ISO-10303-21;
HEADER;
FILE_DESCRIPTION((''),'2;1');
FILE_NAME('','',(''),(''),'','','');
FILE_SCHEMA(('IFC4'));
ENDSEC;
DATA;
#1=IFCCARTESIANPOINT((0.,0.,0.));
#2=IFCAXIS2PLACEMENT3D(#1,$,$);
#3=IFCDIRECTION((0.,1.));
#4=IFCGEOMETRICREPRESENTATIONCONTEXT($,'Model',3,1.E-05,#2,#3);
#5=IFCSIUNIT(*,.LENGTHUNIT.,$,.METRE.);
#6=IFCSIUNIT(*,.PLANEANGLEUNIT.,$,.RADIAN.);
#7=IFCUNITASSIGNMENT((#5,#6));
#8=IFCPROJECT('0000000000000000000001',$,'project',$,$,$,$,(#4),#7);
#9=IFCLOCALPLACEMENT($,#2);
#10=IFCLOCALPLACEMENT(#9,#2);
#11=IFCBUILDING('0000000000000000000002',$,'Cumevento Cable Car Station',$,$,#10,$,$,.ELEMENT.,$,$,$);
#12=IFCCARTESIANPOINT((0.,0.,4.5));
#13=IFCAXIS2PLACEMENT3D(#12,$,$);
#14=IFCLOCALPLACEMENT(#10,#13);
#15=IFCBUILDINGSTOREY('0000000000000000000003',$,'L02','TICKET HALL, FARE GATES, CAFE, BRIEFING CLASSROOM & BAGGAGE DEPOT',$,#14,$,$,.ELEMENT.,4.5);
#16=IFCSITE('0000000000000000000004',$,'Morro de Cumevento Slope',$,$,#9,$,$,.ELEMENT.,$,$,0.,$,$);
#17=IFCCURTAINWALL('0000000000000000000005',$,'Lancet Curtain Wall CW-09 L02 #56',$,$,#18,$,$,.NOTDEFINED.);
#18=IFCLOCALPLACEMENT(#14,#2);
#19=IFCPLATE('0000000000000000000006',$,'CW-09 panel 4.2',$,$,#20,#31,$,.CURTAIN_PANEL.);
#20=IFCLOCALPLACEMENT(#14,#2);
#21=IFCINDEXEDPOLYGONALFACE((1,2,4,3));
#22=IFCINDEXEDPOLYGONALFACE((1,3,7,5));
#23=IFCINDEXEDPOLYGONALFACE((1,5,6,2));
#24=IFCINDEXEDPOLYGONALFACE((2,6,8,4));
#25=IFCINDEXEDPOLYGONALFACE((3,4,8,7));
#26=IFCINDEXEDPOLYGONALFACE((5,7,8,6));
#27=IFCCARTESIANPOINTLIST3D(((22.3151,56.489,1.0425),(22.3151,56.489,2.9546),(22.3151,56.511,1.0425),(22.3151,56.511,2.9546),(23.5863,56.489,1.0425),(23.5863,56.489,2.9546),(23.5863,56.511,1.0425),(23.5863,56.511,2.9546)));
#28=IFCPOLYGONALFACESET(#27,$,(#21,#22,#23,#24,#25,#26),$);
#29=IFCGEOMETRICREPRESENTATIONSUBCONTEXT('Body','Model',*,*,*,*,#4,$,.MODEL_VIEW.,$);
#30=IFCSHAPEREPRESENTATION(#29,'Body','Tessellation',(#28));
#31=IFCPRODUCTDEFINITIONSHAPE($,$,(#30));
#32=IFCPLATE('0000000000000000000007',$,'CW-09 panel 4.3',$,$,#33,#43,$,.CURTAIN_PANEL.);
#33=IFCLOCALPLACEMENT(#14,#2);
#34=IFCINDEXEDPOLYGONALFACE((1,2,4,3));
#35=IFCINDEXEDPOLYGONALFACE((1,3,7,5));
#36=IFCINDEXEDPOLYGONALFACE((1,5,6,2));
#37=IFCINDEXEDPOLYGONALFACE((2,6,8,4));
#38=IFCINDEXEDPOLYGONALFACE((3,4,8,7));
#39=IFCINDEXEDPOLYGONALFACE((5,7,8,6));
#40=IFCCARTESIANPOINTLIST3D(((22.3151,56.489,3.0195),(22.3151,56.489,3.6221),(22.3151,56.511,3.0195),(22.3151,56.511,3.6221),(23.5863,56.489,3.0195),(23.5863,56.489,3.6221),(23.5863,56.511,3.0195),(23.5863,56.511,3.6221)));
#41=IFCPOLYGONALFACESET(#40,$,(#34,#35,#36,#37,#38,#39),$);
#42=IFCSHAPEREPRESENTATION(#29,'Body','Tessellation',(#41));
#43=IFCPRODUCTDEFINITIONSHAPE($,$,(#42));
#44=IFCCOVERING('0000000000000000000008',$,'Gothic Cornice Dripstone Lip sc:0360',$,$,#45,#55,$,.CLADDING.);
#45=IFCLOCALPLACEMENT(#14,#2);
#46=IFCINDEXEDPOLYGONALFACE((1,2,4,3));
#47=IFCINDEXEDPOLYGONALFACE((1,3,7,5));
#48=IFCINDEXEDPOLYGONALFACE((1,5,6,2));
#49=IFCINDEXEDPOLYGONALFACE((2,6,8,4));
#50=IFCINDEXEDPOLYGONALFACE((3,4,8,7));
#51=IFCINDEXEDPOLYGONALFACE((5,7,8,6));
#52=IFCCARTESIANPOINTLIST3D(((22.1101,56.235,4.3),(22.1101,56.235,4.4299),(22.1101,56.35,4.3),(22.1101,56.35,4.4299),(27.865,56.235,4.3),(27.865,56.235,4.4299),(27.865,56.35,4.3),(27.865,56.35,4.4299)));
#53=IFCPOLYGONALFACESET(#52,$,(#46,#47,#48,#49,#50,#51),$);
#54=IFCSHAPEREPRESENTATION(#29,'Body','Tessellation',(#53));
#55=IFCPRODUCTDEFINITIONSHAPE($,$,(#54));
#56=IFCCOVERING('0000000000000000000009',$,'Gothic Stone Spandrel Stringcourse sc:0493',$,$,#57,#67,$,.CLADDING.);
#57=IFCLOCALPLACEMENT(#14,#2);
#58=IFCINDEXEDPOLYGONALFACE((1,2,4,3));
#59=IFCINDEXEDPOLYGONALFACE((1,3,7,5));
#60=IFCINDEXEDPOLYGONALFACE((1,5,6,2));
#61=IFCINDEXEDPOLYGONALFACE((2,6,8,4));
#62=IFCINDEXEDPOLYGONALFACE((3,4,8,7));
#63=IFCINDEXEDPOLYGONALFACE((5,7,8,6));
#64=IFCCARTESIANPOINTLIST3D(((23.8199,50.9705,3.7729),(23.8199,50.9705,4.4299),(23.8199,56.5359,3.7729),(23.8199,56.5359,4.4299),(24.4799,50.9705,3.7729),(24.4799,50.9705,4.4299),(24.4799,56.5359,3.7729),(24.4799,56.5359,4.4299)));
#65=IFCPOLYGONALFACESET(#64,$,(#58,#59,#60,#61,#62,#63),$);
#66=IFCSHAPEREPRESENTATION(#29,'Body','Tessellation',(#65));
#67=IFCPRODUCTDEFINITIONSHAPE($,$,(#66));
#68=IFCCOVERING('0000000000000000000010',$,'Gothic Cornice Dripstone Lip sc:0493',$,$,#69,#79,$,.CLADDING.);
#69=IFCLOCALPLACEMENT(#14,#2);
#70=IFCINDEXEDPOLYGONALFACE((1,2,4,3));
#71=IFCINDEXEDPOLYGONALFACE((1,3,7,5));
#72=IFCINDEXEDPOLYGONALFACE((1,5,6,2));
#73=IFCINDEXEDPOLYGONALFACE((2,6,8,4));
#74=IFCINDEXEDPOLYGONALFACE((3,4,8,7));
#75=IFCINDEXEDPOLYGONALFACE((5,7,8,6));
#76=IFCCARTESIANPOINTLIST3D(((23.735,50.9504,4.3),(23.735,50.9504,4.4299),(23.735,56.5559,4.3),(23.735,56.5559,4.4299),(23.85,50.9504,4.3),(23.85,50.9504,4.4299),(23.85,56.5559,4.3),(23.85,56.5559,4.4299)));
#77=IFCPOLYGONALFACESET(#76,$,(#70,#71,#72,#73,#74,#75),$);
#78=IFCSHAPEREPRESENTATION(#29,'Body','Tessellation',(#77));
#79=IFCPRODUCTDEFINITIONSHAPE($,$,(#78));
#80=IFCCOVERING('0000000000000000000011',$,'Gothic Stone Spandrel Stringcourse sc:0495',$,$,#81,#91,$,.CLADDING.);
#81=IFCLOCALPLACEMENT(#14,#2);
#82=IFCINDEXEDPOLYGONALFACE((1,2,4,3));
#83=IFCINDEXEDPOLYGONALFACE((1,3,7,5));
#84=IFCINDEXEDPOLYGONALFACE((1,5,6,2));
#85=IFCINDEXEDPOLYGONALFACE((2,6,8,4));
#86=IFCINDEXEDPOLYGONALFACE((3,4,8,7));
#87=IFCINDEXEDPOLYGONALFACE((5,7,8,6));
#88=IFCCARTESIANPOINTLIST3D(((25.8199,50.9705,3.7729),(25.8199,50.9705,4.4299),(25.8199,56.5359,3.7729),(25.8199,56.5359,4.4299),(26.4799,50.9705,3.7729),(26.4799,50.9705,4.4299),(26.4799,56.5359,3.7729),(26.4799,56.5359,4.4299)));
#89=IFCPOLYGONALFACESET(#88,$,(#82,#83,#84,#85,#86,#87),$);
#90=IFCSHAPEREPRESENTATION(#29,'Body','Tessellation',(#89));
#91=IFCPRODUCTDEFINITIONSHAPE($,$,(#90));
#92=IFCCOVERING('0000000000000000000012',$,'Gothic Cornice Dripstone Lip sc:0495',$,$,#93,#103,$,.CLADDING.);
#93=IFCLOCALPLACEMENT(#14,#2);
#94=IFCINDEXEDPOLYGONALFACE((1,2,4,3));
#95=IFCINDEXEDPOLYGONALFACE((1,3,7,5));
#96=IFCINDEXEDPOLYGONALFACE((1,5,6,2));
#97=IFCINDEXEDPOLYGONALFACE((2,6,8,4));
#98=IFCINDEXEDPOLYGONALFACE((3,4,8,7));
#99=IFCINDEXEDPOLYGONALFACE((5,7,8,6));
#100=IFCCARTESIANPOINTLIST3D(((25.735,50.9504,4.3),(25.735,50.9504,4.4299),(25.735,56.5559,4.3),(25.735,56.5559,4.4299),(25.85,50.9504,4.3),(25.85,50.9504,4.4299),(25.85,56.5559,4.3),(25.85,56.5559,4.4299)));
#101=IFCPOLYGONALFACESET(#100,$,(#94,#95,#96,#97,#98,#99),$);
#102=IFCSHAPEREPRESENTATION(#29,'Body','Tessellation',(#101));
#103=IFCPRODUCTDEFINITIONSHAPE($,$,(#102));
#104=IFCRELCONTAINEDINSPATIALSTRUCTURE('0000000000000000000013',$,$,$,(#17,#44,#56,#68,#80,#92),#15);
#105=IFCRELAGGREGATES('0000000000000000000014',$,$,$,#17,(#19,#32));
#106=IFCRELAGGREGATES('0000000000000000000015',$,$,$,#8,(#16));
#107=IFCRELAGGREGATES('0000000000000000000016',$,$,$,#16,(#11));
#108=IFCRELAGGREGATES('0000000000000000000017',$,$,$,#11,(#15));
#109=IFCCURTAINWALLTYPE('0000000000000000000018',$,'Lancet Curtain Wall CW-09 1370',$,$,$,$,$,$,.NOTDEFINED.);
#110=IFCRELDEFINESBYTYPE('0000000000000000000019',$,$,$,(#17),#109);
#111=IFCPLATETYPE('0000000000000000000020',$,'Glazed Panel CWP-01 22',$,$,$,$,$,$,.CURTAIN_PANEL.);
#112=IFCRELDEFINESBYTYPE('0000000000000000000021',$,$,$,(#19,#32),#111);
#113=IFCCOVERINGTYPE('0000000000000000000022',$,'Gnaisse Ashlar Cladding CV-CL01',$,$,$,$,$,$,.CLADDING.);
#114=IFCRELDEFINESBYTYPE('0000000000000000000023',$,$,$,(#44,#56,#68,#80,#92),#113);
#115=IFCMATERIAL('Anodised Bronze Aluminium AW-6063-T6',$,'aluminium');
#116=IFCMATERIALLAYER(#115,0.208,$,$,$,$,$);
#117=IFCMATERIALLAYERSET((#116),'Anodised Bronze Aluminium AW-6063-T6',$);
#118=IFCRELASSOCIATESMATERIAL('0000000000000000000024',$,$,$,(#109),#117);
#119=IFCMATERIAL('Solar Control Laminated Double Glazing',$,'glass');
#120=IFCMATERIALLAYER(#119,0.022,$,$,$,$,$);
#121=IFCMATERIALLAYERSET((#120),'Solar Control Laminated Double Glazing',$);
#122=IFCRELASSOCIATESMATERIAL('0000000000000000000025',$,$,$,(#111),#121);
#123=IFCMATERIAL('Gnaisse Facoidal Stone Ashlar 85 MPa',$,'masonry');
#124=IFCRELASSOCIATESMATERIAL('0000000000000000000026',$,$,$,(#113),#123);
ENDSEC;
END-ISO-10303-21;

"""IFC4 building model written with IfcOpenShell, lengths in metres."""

from ifc_helpers import new_model, si_unit, direction, frame, origin, origin_2d, place, context, subcontext, project, spatial, rectangle, extrude, material, layer, layer_set, type_object, element, aggregate, save


model = new_model("IFC4")

# Units and contexts
model_context = context("Model", 3, precision=1e-05, world=origin(), true_north=direction((0.0, 1.0)))
body_context = subcontext(model_context, "Body", "Model", "MODEL_VIEW")
ifc_project = project(units=[si_unit("LENGTHUNIT", "METRE"), si_unit("PLANEANGLEUNIT", "RADIAN")], contexts=[model_context])

# Site, building, storey
site_placement = place(None, origin())
site = spatial("IfcSite", under=ifc_project, at=site_placement, Name="Morro de Cumevento Slope", CompositionType="ELEMENT", RefElevation=0.0)
building_placement = place(site_placement, origin())
building = spatial("IfcBuilding", under=site, at=building_placement, Name="Cumevento Cable Car Station", CompositionType="ELEMENT")
storey_placement = place(building_placement, frame((0.0, 0.0, 4.5)))
storey = spatial("IfcBuildingStorey", under=building, at=storey_placement, Name="L02", Description="TICKET HALL, FARE GATES, CAFE, BRIEFING CLASSROOM & BAGGAGE DEPOT", CompositionType="ELEMENT", Elevation=4.5)

# Curtain wall
ifc_material_1 = material(Name="Anodised Bronze Aluminium AW-6063-T6", Category="aluminium")
ifc_layer_1 = layer(ifc_material_1, 0.208)
ifc_layer_set_1 = layer_set([ifc_layer_1], Name="Anodised Bronze Aluminium AW-6063-T6")
curtain_wall_type = type_object("IfcCurtainWallType", Name="Lancet Curtain Wall CW-09 1370", PredefinedType="NOTDEFINED", material=ifc_layer_set_1)
curtain_wall_placement = place(storey_placement, origin())
curtain_wall = element("IfcCurtainWall", 1, at=curtain_wall_placement, inside=storey, type_object=curtain_wall_type, Name="Lancet Curtain Wall CW-09 L02 #56", PredefinedType="NOTDEFINED")

# Plates
ifc_material_2 = material(Name="Solar Control Laminated Double Glazing", Category="glass")
ifc_layer_2 = layer(ifc_material_2, 0.022)
ifc_layer_set_2 = layer_set([ifc_layer_2], Name="Solar Control Laminated Double Glazing")
plate_type = type_object("IfcPlateType", Name="Glazed Panel CWP-01 22", PredefinedType="CURTAIN_PANEL", material=ifc_layer_set_2)
plate_1_placement = place(storey_placement, frame((22.9507, 56.5, 1.0425), z_axis=(0.0, 0.0, 1.0), x_axis=(-1.0, 0.0, 0.0)))
plate_1 = element("IfcPlate", 2, at=plate_1_placement, type_object=plate_type, Name="CW-09 panel 4.2", PredefinedType="CURTAIN_PANEL", context=body_context, shape_type="SweptSolid", body=[
    extrude(rectangle(XDim=1.2712, YDim=0.022, at=origin_2d()), origin(), (0.0, 0.0, 1.0), 1.9121),
])
plate_2_placement = place(storey_placement, frame((22.9507, 56.5, 3.0195), z_axis=(0.0, 0.0, 1.0), x_axis=(-1.0, 0.0, 0.0)))
plate_2 = element("IfcPlate", 3, at=plate_2_placement, type_object=plate_type, Name="CW-09 panel 4.3", PredefinedType="CURTAIN_PANEL", context=body_context, shape_type="SweptSolid", body=[
    extrude(rectangle(XDim=1.2712, YDim=0.022, at=origin_2d()), origin(), (0.0, 0.0, 1.0), 0.6025),
])
aggregate(curtain_wall, [plate_1, plate_2])

# Coverings
ifc_material_3 = material(Name="Gnaisse Facoidal Stone Ashlar 85 MPa", Category="masonry")
covering_type = type_object("IfcCoveringType", Name="Gnaisse Ashlar Cladding CV-CL01", PredefinedType="CLADDING", material=ifc_material_3)
covering_1_placement = place(storey_placement, frame((24.9875, 56.2925, 4.3), z_axis=(0.0, 0.0, 1.0), x_axis=(-1.0, 0.0, 0.0)))
element("IfcCovering", 4, at=covering_1_placement, inside=storey, type_object=covering_type, Name="Gothic Cornice Dripstone Lip sc:0360", PredefinedType="CLADDING", context=body_context, shape_type="SweptSolid", body=[
    extrude(rectangle(XDim=5.7549, YDim=0.115, at=origin_2d()), origin(), (0.0, 0.0, 1.0), 0.1299),
])
covering_2_placement = place(storey_placement, frame((24.1499, 53.7532, 3.7729), z_axis=(0.0, 0.0, 1.0), x_axis=(0.0, 1.0, 0.0)))
element("IfcCovering", 5, at=covering_2_placement, inside=storey, type_object=covering_type, Name="Gothic Stone Spandrel Stringcourse sc:0493", PredefinedType="CLADDING", context=body_context, shape_type="SweptSolid", body=[
    extrude(rectangle(XDim=5.5654, YDim=0.6599, at=origin_2d()), origin(), (0.0, 0.0, 1.0), 0.657),
])
covering_3_placement = place(storey_placement, frame((23.7925, 53.7532, 4.3), z_axis=(0.0, 0.0, 1.0), x_axis=(0.0, 1.0, 0.0)))
element("IfcCovering", 6, at=covering_3_placement, inside=storey, type_object=covering_type, Name="Gothic Cornice Dripstone Lip sc:0493", PredefinedType="CLADDING", context=body_context, shape_type="SweptSolid", body=[
    extrude(rectangle(XDim=5.6055, YDim=0.115, at=origin_2d()), origin(), (0.0, 0.0, 1.0), 0.1299),
])
covering_4_placement = place(storey_placement, frame((26.1499, 53.7532, 3.7729), z_axis=(0.0, 0.0, 1.0), x_axis=(0.0, 1.0, 0.0)))
element("IfcCovering", 7, at=covering_4_placement, inside=storey, type_object=covering_type, Name="Gothic Stone Spandrel Stringcourse sc:0495", PredefinedType="CLADDING", context=body_context, shape_type="SweptSolid", body=[
    extrude(rectangle(XDim=5.5654, YDim=0.6599, at=origin_2d()), origin(), (0.0, 0.0, 1.0), 0.657),
])
covering_5_placement = place(storey_placement, frame((25.7925, 53.7532, 4.3), z_axis=(0.0, 0.0, 1.0), x_axis=(0.0, 1.0, 0.0)))
element("IfcCovering", 8, at=covering_5_placement, inside=storey, type_object=covering_type, Name="Gothic Cornice Dripstone Lip sc:0495", PredefinedType="CLADDING", context=body_context, shape_type="SweptSolid", body=[
    extrude(rectangle(XDim=5.6055, YDim=0.115, at=origin_2d()), origin(), (0.0, 0.0, 1.0), 0.1299),
])

save(model, "model.ifc")
